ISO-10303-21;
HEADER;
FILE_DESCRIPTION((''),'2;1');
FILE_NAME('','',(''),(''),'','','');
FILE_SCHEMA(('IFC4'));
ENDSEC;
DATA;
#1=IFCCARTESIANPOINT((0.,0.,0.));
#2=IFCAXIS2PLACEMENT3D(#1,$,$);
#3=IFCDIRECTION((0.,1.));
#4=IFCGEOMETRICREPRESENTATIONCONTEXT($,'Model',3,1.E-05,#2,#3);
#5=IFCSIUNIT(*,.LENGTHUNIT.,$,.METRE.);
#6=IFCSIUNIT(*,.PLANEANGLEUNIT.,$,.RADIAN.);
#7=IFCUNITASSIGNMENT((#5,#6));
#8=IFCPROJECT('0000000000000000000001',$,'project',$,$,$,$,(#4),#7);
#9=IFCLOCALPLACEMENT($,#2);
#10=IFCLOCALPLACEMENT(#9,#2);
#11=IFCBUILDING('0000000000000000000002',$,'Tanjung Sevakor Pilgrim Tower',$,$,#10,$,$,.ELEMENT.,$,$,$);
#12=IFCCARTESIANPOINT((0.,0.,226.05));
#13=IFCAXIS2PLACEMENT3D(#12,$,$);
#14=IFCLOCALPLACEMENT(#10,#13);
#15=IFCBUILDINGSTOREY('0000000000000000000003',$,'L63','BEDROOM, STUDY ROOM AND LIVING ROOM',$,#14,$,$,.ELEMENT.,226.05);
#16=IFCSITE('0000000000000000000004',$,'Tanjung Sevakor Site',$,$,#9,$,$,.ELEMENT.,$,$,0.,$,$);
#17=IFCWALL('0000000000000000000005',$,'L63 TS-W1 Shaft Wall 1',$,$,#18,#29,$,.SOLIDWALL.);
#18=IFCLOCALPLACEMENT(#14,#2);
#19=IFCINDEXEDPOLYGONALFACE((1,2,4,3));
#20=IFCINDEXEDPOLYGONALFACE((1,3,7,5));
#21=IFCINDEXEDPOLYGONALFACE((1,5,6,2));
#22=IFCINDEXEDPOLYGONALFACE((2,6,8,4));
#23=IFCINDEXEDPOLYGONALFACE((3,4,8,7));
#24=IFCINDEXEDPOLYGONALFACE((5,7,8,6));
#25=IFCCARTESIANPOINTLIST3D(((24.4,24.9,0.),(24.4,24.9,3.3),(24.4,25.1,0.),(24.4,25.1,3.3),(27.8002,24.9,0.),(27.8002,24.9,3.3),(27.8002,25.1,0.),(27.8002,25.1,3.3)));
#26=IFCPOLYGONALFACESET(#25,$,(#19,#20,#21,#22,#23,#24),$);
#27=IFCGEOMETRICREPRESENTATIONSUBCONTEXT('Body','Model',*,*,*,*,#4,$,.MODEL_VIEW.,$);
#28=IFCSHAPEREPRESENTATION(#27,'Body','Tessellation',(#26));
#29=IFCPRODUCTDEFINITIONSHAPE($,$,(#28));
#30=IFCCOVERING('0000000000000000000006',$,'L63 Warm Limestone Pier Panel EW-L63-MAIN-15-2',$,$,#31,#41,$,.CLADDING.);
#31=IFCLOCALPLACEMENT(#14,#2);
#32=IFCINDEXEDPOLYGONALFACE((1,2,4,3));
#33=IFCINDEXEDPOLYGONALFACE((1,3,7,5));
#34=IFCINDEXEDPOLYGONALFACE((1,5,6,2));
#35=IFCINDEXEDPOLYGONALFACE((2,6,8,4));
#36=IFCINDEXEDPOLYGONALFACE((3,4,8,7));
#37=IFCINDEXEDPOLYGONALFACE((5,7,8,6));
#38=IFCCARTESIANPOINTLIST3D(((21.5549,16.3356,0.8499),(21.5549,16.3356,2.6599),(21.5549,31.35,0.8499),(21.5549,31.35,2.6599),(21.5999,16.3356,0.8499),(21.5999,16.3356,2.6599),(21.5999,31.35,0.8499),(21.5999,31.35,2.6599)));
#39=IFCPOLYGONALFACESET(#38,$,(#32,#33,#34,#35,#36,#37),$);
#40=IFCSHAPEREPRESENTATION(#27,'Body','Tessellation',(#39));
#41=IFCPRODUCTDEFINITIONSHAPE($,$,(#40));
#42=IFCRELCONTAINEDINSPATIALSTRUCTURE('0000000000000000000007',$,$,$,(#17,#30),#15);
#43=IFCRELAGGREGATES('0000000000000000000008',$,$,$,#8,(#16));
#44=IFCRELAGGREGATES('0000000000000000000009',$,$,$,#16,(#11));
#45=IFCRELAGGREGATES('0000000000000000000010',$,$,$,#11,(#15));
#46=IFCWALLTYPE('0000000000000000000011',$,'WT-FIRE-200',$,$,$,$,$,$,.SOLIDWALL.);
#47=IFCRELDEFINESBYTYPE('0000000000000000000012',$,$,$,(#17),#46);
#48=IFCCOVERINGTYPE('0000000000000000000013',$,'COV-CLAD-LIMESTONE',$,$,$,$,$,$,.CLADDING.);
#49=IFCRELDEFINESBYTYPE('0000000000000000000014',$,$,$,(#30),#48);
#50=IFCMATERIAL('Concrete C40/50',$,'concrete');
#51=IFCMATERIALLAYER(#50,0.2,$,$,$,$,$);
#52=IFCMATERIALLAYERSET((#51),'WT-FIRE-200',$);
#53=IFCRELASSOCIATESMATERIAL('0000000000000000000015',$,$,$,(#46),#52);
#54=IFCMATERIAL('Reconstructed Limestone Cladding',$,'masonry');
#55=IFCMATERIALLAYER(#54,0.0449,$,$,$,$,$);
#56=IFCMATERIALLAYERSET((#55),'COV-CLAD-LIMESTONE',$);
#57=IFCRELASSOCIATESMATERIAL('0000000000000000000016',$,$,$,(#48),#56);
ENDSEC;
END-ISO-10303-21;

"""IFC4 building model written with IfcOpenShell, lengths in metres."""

from ifc_helpers import new_model, si_unit, direction, frame, frame_2d, origin, origin_2d, place, context, subcontext, project, spatial, rectangle, extrude, material, layer, layer_set, type_object, element, save


model = new_model("IFC4")

# Units and contexts
model_context = context("Model", 3, precision=1e-05, world=origin(), true_north=direction((0.0, 1.0)))
body_context = subcontext(model_context, "Body", "Model", "MODEL_VIEW")
ifc_project = project(units=[si_unit("LENGTHUNIT", "METRE"), si_unit("PLANEANGLEUNIT", "RADIAN")], contexts=[model_context])

# Site, building, storey
site_placement = place(None, origin())
site = spatial("IfcSite", under=ifc_project, at=site_placement, Name="Tanjung Sevakor Site", CompositionType="ELEMENT", RefElevation=0.0)
building_placement = place(site_placement, origin())
building = spatial("IfcBuilding", under=site, at=building_placement, Name="Tanjung Sevakor Pilgrim Tower", CompositionType="ELEMENT")
storey_placement = place(building_placement, frame((0.0, 0.0, 226.05)))
storey = spatial("IfcBuildingStorey", under=building, at=storey_placement, Name="L63", Description="BEDROOM, STUDY ROOM AND LIVING ROOM", CompositionType="ELEMENT", Elevation=226.05)

# Wall
ifc_material_1 = material(Name="Concrete C40/50", Category="concrete")
ifc_layer_1 = layer(ifc_material_1, 0.2)
ifc_layer_set_1 = layer_set([ifc_layer_1], Name="WT-FIRE-200")
wall_type_1 = type_object("IfcWallType", Name="WT-FIRE-200", PredefinedType="SOLIDWALL", material=ifc_layer_set_1)
wall_1_placement = place(storey_placement, frame((24.3999, 25.0, 0.0), z_axis=(0.0, 0.0, 1.0), x_axis=(1.0, 0.0, 0.0)))
element("IfcWall", 1, at=wall_1_placement, inside=storey, type_object=wall_type_1, Name="L63 TS-W1 Shaft Wall 1", PredefinedType="SOLIDWALL", context=body_context, shape_type="SweptSolid", body=[
    extrude(rectangle(XDim=3.4001, YDim=0.2, at=frame_2d((1.7002, 0.0))), origin(), (0.0, 0.0, 1.0), 3.3),
])

# Covering
ifc_material_2 = material(Name="Reconstructed Limestone Cladding", Category="masonry")
ifc_layer_2 = layer(ifc_material_2, 0.0449)
ifc_layer_set_2 = layer_set([ifc_layer_2], Name="COV-CLAD-LIMESTONE")
covering_type = type_object("IfcCoveringType", Name="COV-CLAD-LIMESTONE", PredefinedType="CLADDING", material=ifc_layer_set_2)
covering_placement = place(storey_placement, frame((21.5774, 23.8428, 0.8499), z_axis=(0.0, 0.0, 1.0), x_axis=(0.0, -1.0, 0.0)))
element("IfcCovering", 2, at=covering_placement, inside=storey, type_object=covering_type, Name="L63 Warm Limestone Pier Panel EW-L63-MAIN-15-2", PredefinedType="CLADDING", context=body_context, shape_type="SweptSolid", body=[
    extrude(rectangle(XDim=15.0144, YDim=0.0449, at=origin_2d()), origin(), (0.0, 0.0, 1.0), 1.8101),
])

save(model, "model.ifc")
